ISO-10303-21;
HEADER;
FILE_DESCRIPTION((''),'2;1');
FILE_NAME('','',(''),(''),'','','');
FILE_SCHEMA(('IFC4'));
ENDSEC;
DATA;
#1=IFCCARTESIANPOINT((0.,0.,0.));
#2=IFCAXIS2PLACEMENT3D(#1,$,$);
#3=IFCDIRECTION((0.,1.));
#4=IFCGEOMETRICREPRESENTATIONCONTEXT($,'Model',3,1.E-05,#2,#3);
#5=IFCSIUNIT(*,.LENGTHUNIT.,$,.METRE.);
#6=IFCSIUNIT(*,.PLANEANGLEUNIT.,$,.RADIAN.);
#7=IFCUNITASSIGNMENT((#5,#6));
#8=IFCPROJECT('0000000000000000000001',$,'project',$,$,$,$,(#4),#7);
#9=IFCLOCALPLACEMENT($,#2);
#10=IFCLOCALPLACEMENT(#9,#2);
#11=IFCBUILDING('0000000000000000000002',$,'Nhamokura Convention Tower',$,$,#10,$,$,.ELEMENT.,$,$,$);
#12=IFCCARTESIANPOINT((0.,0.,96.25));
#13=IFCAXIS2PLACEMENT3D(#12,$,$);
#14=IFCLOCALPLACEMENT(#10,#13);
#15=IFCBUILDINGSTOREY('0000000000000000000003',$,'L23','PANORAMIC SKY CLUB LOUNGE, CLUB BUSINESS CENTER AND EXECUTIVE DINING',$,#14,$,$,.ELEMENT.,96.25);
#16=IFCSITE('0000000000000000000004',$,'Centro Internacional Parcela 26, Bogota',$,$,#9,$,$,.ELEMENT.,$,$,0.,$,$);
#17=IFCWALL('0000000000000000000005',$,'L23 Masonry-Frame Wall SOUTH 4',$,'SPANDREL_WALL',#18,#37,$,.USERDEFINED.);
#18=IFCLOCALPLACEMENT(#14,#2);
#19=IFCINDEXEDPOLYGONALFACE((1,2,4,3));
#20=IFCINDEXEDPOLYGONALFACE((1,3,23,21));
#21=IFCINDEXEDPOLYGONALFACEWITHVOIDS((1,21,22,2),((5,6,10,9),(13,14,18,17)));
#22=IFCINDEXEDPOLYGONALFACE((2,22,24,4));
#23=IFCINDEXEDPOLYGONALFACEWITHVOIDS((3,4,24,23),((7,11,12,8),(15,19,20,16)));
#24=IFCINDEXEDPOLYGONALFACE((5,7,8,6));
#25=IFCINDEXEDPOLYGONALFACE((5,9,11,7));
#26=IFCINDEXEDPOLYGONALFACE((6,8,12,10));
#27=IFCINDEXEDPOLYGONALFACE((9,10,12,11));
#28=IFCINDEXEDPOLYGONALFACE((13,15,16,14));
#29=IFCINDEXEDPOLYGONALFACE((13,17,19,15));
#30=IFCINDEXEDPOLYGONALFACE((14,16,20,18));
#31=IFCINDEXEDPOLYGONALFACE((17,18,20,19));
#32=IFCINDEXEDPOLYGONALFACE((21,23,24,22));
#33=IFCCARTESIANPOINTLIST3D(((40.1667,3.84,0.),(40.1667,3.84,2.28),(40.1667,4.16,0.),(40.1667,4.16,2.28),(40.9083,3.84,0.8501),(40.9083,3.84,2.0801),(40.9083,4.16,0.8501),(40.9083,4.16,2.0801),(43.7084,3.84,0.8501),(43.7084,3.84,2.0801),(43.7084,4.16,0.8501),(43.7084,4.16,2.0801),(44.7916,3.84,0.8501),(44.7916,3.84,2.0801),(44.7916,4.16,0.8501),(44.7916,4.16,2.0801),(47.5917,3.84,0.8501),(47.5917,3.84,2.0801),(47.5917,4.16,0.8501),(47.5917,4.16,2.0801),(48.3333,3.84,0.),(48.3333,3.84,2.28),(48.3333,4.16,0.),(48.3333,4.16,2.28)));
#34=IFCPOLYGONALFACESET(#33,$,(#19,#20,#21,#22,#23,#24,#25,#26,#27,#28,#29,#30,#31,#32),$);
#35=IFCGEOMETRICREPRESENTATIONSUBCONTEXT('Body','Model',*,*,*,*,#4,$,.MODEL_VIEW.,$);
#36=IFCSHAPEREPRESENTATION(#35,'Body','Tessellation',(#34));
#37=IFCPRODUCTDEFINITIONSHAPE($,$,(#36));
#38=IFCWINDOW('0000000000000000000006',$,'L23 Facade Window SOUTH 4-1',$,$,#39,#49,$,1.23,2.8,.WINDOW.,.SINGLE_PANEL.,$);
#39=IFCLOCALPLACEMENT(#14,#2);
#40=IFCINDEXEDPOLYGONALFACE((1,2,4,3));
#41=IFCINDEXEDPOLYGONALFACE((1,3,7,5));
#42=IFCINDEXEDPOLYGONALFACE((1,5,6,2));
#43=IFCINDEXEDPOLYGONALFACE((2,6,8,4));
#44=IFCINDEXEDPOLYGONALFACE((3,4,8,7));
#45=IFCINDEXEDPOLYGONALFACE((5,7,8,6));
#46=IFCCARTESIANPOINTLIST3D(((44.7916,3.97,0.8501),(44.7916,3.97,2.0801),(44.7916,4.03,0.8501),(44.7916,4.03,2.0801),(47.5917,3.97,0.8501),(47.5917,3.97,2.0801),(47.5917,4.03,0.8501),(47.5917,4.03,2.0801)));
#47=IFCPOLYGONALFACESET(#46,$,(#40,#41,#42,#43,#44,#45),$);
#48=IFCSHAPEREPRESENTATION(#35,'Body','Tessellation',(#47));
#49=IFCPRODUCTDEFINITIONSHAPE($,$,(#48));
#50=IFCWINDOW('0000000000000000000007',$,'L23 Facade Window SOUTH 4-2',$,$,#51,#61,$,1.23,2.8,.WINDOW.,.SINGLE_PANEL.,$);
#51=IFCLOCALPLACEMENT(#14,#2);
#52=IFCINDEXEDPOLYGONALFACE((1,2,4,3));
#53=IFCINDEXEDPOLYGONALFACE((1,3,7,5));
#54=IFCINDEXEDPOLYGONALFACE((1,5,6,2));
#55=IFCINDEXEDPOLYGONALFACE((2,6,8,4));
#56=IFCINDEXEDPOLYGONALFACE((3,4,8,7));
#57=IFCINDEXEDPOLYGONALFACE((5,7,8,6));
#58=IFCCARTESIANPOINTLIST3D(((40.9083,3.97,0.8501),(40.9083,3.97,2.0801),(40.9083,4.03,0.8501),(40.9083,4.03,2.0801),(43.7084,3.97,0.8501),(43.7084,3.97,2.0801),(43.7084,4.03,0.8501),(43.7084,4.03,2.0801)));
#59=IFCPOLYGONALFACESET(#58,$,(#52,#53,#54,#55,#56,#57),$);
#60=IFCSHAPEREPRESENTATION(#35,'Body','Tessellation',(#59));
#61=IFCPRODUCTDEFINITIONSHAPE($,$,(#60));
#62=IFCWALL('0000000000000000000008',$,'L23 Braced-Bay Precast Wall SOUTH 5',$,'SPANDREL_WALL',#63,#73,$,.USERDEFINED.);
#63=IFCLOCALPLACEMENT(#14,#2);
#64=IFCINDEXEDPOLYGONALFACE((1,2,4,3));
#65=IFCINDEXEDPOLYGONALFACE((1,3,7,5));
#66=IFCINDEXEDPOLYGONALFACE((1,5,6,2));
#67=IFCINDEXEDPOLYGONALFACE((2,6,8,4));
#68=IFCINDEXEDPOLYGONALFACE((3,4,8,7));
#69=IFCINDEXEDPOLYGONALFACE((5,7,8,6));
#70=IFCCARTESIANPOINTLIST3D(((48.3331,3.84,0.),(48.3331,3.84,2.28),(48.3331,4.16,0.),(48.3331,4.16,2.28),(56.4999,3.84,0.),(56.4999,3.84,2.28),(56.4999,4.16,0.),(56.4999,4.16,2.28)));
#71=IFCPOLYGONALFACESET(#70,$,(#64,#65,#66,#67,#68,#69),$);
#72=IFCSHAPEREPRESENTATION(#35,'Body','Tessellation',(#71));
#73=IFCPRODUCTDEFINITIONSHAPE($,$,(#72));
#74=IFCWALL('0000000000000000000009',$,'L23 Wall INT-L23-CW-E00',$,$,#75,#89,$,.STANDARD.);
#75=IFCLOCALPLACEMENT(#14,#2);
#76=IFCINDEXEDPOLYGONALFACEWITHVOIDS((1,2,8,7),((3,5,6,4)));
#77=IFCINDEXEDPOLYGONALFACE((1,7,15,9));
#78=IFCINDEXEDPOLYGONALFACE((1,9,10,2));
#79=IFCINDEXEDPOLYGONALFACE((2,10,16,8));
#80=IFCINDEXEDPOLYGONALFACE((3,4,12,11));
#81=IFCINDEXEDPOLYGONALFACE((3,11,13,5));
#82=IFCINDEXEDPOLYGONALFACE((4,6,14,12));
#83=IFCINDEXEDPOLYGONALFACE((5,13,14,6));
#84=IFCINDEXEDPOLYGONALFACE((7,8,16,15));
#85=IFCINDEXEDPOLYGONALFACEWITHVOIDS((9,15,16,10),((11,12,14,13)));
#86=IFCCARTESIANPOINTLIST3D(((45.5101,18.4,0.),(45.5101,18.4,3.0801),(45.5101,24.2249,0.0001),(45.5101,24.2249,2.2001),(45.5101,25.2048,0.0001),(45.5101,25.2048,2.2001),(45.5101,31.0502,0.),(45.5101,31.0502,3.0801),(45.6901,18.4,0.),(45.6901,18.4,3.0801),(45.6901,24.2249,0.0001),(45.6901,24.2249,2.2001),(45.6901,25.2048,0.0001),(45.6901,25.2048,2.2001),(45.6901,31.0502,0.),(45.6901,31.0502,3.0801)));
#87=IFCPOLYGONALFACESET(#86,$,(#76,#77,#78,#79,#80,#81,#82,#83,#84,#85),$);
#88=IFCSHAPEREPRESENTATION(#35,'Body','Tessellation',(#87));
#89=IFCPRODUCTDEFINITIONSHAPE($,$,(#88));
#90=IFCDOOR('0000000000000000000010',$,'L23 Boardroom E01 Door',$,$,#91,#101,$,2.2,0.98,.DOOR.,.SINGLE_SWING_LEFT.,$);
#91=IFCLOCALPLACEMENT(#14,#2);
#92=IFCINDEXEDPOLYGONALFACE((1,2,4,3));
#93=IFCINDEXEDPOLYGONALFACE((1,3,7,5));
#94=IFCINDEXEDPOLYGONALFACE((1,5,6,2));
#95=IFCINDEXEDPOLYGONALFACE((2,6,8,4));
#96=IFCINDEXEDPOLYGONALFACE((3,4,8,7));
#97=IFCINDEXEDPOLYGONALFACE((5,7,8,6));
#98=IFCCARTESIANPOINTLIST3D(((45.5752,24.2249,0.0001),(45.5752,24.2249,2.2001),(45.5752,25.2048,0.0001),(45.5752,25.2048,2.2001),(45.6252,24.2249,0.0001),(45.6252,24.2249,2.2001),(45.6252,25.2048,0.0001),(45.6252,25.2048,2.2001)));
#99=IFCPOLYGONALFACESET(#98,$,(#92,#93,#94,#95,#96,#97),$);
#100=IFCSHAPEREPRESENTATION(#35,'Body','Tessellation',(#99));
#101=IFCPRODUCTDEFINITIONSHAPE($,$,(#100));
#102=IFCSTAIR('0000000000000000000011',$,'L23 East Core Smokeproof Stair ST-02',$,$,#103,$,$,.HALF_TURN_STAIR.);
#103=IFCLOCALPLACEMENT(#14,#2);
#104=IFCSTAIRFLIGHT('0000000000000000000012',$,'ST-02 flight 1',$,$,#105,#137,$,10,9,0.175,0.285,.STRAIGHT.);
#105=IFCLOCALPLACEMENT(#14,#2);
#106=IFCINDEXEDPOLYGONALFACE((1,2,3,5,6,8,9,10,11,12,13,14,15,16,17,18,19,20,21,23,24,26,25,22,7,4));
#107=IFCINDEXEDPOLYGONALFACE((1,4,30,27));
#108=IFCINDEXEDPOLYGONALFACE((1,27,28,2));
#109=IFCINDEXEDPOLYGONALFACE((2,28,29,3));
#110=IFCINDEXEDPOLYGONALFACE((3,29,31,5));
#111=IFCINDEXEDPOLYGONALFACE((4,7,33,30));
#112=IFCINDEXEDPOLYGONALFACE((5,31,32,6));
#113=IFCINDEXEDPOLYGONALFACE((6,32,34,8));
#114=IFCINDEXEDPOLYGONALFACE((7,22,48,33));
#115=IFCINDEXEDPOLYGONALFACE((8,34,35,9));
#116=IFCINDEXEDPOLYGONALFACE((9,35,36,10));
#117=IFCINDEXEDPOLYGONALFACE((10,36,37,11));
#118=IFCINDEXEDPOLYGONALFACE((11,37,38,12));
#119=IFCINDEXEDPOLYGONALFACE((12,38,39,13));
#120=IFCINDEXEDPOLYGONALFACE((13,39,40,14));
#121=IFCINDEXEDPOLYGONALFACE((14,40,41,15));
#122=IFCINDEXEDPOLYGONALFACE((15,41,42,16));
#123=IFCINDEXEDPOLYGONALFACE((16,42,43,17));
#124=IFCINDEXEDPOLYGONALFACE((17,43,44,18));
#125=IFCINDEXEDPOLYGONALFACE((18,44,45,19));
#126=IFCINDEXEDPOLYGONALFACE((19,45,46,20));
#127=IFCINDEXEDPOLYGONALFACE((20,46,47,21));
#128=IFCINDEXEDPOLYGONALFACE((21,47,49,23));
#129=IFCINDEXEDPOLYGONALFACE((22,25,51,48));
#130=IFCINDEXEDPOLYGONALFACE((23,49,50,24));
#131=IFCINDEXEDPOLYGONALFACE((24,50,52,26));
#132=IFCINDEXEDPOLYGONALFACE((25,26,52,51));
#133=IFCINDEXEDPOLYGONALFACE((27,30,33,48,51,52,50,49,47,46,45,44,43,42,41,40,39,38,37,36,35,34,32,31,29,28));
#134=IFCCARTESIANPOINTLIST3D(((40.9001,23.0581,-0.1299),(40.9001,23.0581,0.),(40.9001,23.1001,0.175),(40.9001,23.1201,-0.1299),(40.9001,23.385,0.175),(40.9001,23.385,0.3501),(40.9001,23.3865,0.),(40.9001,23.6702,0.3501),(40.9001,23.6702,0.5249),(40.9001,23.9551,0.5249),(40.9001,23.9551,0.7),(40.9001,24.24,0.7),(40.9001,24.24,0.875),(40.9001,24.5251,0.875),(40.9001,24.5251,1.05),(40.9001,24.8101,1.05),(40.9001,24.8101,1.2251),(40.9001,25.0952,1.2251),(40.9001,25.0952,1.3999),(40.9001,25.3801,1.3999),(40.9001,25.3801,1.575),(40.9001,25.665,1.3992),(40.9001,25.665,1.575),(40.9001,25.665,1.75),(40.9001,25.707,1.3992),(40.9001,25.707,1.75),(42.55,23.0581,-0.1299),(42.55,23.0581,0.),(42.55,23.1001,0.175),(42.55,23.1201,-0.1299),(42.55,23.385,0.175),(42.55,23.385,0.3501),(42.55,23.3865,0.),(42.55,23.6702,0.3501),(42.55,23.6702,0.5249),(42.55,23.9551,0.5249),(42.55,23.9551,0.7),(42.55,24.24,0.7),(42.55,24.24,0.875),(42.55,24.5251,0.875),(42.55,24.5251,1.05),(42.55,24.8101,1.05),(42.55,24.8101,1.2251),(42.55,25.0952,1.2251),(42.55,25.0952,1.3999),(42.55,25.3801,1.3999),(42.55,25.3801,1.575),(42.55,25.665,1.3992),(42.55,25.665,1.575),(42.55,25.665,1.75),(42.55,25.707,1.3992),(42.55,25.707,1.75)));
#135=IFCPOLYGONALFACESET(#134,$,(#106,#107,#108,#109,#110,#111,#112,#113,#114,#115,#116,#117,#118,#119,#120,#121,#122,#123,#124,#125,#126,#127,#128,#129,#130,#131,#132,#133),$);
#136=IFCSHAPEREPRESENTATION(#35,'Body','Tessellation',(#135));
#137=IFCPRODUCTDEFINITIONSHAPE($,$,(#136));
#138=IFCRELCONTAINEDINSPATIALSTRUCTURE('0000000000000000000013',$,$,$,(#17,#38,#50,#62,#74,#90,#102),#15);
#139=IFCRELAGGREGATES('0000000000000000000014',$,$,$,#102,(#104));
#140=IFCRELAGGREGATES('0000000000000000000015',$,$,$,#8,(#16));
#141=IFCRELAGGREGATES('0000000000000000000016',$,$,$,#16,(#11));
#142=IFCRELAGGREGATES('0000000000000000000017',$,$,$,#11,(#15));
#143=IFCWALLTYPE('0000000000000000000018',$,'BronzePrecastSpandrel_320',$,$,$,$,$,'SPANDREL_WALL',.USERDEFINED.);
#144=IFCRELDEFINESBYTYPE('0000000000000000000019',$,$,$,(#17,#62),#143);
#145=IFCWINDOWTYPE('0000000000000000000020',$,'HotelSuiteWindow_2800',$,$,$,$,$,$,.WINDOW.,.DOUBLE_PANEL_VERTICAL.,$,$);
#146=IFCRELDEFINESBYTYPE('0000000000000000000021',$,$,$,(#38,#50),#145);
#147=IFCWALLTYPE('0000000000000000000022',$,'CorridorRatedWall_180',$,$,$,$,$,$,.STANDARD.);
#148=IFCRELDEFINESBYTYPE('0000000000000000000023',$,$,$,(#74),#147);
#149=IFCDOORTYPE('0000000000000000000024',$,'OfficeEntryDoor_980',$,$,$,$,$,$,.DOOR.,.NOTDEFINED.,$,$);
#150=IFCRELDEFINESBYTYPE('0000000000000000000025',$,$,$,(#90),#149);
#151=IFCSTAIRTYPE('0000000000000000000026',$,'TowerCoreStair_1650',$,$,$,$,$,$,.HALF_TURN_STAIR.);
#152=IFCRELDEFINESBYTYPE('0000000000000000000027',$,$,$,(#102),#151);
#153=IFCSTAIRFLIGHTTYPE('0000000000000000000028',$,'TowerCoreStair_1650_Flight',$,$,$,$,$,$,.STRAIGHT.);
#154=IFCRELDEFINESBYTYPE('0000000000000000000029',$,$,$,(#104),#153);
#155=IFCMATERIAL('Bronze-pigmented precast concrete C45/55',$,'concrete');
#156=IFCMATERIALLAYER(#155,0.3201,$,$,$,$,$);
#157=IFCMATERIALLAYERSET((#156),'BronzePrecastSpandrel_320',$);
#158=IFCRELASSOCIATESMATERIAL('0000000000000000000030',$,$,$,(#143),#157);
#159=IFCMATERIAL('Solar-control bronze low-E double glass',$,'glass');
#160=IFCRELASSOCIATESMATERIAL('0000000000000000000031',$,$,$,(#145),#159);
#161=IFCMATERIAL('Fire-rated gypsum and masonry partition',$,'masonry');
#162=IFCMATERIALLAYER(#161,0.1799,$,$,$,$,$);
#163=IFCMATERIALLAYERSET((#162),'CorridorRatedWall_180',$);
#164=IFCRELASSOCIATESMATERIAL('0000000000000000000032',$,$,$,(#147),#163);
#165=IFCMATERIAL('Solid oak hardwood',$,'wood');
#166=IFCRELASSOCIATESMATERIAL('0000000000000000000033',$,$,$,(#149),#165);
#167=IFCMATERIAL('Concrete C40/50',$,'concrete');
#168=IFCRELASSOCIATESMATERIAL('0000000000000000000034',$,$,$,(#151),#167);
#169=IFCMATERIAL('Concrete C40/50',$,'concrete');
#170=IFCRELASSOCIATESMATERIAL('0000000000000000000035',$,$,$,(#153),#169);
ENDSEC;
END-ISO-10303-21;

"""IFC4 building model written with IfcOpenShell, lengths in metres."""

from ifc_helpers import new_model, si_unit, direction, frame, frame_2d, origin, place, context, subcontext, project, spatial, polyline, rectangle, outline, extrude, material, layer, layer_set, type_object, element, fill, aggregate, save


model = new_model("IFC4")

# Units and contexts
model_context = context("Model", 3, precision=1e-05, world=origin(), true_north=direction((0.0, 1.0)))
body_context = subcontext(model_context, "Body", "Model", "MODEL_VIEW")
ifc_project = project(units=[si_unit("LENGTHUNIT", "METRE"), si_unit("PLANEANGLEUNIT", "RADIAN")], contexts=[model_context])

# Site, building, storey
site_placement = place(None, origin())
site = spatial("IfcSite", under=ifc_project, at=site_placement, Name="Centro Internacional Parcela 26, Bogota", CompositionType="ELEMENT", RefElevation=0.0)
building_placement = place(site_placement, origin())
building = spatial("IfcBuilding", under=site, at=building_placement, Name="Nhamokura Convention Tower", CompositionType="ELEMENT")
storey_placement = place(building_placement, frame((0.0, 0.0, 96.25)))
storey = spatial("IfcBuildingStorey", under=building, at=storey_placement, Name="L23", Description="PANORAMIC SKY CLUB LOUNGE, CLUB BUSINESS CENTER AND EXECUTIVE DINING", CompositionType="ELEMENT", Elevation=96.25)

# Wall, openings, windows
ifc_material_1 = material(Name="Bronze-pigmented precast concrete C45/55", Category="concrete")
ifc_layer_1 = layer(ifc_material_1, 0.3201)
ifc_layer_set_1 = layer_set([ifc_layer_1], Name="BronzePrecastSpandrel_320")
wall_type_1 = type_object("IfcWallType", Name="BronzePrecastSpandrel_320", ElementType="SPANDREL_WALL", PredefinedType="USERDEFINED", material=ifc_layer_set_1)
wall_1_placement = place(storey_placement, frame((48.3333, 4.0, 0.0), z_axis=(0.0, 0.0, 1.0), x_axis=(-1.0, 0.0, 0.0)))
wall_1 = element("IfcWall", 1, at=wall_1_placement, inside=storey, type_object=wall_type_1, Name="L23 Masonry-Frame Wall SOUTH 4", ObjectType="SPANDREL_WALL", PredefinedType="USERDEFINED", context=body_context, shape_type="SweptSolid", body=[
    extrude(rectangle(XDim=8.1665, YDim=0.3201, at=frame_2d((4.0833, 0.0))), origin(), (0.0, 0.0, 1.0), 2.28),
])
opening_1_placement = place(wall_1_placement, frame((0.7417, 0.0, 0.8501)))
opening_1 = element("IfcOpeningElement", 2, at=opening_1_placement, cuts=wall_1, PredefinedType="OPENING", context=body_context, shape_type="SweptSolid", body=[
    extrude(rectangle(XDim=2.8, YDim=1.23, at=frame_2d((1.3999, 0.615))), frame((0.0, 0.1699, 0.0), z_axis=(0.0, -1.0, 0.0), x_axis=(1.0, 0.0, 0.0)), (0.0, 0.0, 1.0), 0.3401),
])
opening_2_placement = place(wall_1_placement, frame((4.625, 0.0, 0.8501)))
opening_2 = element("IfcOpeningElement", 3, at=opening_2_placement, cuts=wall_1, PredefinedType="OPENING", context=body_context, shape_type="SweptSolid", body=[
    extrude(rectangle(XDim=2.8, YDim=1.23, at=frame_2d((1.3999, 0.615))), frame((0.0, 0.1699, 0.0), z_axis=(0.0, -1.0, 0.0), x_axis=(1.0, 0.0, 0.0)), (0.0, 0.0, 1.0), 0.3401),
])
ifc_material_2 = material(Name="Solar-control bronze low-E double glass", Category="glass")
window_type = type_object("IfcWindowType", Name="HotelSuiteWindow_2800", PartitioningType="DOUBLE_PANEL_VERTICAL", PredefinedType="WINDOW", material=ifc_material_2)
window_1_placement = place(opening_1_placement, origin())
window_1 = element("IfcWindow", 4, at=window_1_placement, inside=storey, type_object=window_type, Name="L23 Facade Window SOUTH 4-1", OverallHeight=1.23, OverallWidth=2.8, PartitioningType="SINGLE_PANEL", PredefinedType="WINDOW", context=body_context, shape_type="SweptSolid", body=[
    extrude(rectangle(XDim=2.8, YDim=1.23, at=frame_2d((1.3999, 0.615))), frame((0.0, 0.03, 0.0), z_axis=(0.0, -1.0, 0.0), x_axis=(1.0, 0.0, 0.0)), (0.0, 0.0, 1.0), 0.0601),
])
fill(opening_1, window_1)
window_2_placement = place(opening_2_placement, origin())
window_2 = element("IfcWindow", 5, at=window_2_placement, inside=storey, type_object=window_type, Name="L23 Facade Window SOUTH 4-2", OverallHeight=1.23, OverallWidth=2.8, PartitioningType="SINGLE_PANEL", PredefinedType="WINDOW", context=body_context, shape_type="SweptSolid", body=[
    extrude(rectangle(XDim=2.8, YDim=1.23, at=frame_2d((1.3999, 0.615))), frame((0.0, 0.03, 0.0), z_axis=(0.0, -1.0, 0.0), x_axis=(1.0, 0.0, 0.0)), (0.0, 0.0, 1.0), 0.0601),
])
fill(opening_2, window_2)

# Wall
wall_2_placement = place(storey_placement, frame((56.5, 4.0, 0.0), z_axis=(0.0, 0.0, 1.0), x_axis=(-1.0, 0.0, 0.0)))
element("IfcWall", 6, at=wall_2_placement, inside=storey, type_object=wall_type_1, Name="L23 Braced-Bay Precast Wall SOUTH 5", ObjectType="SPANDREL_WALL", PredefinedType="USERDEFINED", context=body_context, shape_type="SweptSolid", body=[
    extrude(rectangle(XDim=8.1667, YDim=0.3201, at=frame_2d((4.0835, 0.0))), origin(), (0.0, 0.0, 1.0), 2.28),
])

# Wall, opening, door
ifc_material_3 = material(Name="Fire-rated gypsum and masonry partition", Category="masonry")
ifc_layer_2 = layer(ifc_material_3, 0.1799)
ifc_layer_set_2 = layer_set([ifc_layer_2], Name="CorridorRatedWall_180")
wall_type_2 = type_object("IfcWallType", Name="CorridorRatedWall_180", PredefinedType="STANDARD", material=ifc_layer_set_2)
wall_3_placement = place(storey_placement, frame((45.6001, 18.3999, 0.0), z_axis=(0.0, 0.0, 1.0), x_axis=(0.0, 1.0, 0.0)))
wall_3 = element("IfcWall", 7, at=wall_3_placement, inside=storey, type_object=wall_type_2, Name="L23 Wall INT-L23-CW-E00", PredefinedType="STANDARD", context=body_context, shape_type="SweptSolid", body=[
    extrude(rectangle(XDim=12.6501, YDim=0.1799, at=frame_2d((6.3252, 0.0))), origin(), (0.0, 0.0, 1.0), 3.0801),
])
opening_3_placement = place(wall_3_placement, frame((5.825, 0.0, 0.0)))
opening_3 = element("IfcOpeningElement", 8, at=opening_3_placement, cuts=wall_3, PredefinedType="OPENING", context=body_context, shape_type="SweptSolid", body=[
    extrude(rectangle(XDim=0.98, YDim=2.2, at=frame_2d((0.49, 1.1001))), frame((0.0, 0.0999, 0.0), z_axis=(0.0, -1.0, 0.0), x_axis=(1.0, 0.0, 0.0)), (0.0, 0.0, 1.0), 0.2),
])
ifc_material_4 = material(Name="Solid oak hardwood", Category="wood")
door_type_1 = type_object("IfcDoorType", Name="OfficeEntryDoor_980", OperationType="NOTDEFINED", PredefinedType="DOOR", material=ifc_material_4)
door_1_placement = place(opening_3_placement, origin())
door_1 = element("IfcDoor", 9, at=door_1_placement, inside=storey, type_object=door_type_1, Name="L23 Boardroom E01 Door", OperationType="SINGLE_SWING_LEFT", OverallHeight=2.2, OverallWidth=0.98, PredefinedType="DOOR", context=body_context, shape_type="SweptSolid", body=[
    extrude(rectangle(XDim=0.98, YDim=2.2, at=frame_2d((0.49, 1.1001))), frame((0.0, 0.0249, 0.0), z_axis=(0.0, -1.0, 0.0), x_axis=(1.0, 0.0, 0.0)), (0.0, 0.0, 1.0), 0.05),
])
fill(opening_3, door_1)

# Stair, stair flight
ifc_material_5 = material(Name="Concrete C40/50", Category="concrete")
stair_type = type_object("IfcStairType", Name="TowerCoreStair_1650", PredefinedType="HALF_TURN_STAIR", material=ifc_material_5)
stair_placement = place(storey_placement, origin())
stair = element("IfcStair", 10, at=stair_placement, inside=storey, type_object=stair_type, Name="L23 East Core Smokeproof Stair ST-02", PredefinedType="HALF_TURN_STAIR")
ifc_material_6 = material(Name="Concrete C40/50", Category="concrete")
stair_flight_type = type_object("IfcStairFlightType", Name="TowerCoreStair_1650_Flight", PredefinedType="STRAIGHT", material=ifc_material_6)
stair_flight_placement = place(storey_placement, frame((41.7251, 23.1001, 0.0), z_axis=(0.0, 0.0, 1.0), x_axis=(0.0, 1.0, 0.0)))
stair_flight = element("IfcStairFlight", 11, at=stair_flight_placement, type_object=stair_flight_type, Name="ST-02 flight 1", NumberOfRisers=10, NumberOfTreads=9, PredefinedType="STRAIGHT", RiserHeight=0.175, TreadLength=0.285, context=body_context, shape_type="SweptSolid", body=[
    extrude(outline(polyline([(-0.042, 0.0), (0.0, 0.175), (0.2849, 0.175), (0.2849, 0.3501), (0.5701, 0.3501), (0.5701, 0.5249), (0.855, 0.5249), (0.855, 0.7), (1.1399, 0.7), (1.1399, 0.875), (1.425, 0.875), (1.425, 1.05), (1.71, 1.05), (1.71, 1.2251), (1.9951, 1.2251), (1.9951, 1.3999), (2.28, 1.3999), (2.28, 1.575), (2.5649, 1.575), (2.5649, 1.75), (2.6069, 1.75), (2.6069, 1.3992), (2.5649, 1.3992), (0.2864, 0.0), (0.02, -0.1299), (-0.042, -0.1299), (-0.042, 0.0)])), frame((0.0, 0.825, 0.0), z_axis=(0.0, -1.0, 0.0), x_axis=(1.0, 0.0, 0.0)), (0.0, 0.0, 1.0), 1.6499),
])
aggregate(stair, [stair_flight])

save(model, "model.ifc")
